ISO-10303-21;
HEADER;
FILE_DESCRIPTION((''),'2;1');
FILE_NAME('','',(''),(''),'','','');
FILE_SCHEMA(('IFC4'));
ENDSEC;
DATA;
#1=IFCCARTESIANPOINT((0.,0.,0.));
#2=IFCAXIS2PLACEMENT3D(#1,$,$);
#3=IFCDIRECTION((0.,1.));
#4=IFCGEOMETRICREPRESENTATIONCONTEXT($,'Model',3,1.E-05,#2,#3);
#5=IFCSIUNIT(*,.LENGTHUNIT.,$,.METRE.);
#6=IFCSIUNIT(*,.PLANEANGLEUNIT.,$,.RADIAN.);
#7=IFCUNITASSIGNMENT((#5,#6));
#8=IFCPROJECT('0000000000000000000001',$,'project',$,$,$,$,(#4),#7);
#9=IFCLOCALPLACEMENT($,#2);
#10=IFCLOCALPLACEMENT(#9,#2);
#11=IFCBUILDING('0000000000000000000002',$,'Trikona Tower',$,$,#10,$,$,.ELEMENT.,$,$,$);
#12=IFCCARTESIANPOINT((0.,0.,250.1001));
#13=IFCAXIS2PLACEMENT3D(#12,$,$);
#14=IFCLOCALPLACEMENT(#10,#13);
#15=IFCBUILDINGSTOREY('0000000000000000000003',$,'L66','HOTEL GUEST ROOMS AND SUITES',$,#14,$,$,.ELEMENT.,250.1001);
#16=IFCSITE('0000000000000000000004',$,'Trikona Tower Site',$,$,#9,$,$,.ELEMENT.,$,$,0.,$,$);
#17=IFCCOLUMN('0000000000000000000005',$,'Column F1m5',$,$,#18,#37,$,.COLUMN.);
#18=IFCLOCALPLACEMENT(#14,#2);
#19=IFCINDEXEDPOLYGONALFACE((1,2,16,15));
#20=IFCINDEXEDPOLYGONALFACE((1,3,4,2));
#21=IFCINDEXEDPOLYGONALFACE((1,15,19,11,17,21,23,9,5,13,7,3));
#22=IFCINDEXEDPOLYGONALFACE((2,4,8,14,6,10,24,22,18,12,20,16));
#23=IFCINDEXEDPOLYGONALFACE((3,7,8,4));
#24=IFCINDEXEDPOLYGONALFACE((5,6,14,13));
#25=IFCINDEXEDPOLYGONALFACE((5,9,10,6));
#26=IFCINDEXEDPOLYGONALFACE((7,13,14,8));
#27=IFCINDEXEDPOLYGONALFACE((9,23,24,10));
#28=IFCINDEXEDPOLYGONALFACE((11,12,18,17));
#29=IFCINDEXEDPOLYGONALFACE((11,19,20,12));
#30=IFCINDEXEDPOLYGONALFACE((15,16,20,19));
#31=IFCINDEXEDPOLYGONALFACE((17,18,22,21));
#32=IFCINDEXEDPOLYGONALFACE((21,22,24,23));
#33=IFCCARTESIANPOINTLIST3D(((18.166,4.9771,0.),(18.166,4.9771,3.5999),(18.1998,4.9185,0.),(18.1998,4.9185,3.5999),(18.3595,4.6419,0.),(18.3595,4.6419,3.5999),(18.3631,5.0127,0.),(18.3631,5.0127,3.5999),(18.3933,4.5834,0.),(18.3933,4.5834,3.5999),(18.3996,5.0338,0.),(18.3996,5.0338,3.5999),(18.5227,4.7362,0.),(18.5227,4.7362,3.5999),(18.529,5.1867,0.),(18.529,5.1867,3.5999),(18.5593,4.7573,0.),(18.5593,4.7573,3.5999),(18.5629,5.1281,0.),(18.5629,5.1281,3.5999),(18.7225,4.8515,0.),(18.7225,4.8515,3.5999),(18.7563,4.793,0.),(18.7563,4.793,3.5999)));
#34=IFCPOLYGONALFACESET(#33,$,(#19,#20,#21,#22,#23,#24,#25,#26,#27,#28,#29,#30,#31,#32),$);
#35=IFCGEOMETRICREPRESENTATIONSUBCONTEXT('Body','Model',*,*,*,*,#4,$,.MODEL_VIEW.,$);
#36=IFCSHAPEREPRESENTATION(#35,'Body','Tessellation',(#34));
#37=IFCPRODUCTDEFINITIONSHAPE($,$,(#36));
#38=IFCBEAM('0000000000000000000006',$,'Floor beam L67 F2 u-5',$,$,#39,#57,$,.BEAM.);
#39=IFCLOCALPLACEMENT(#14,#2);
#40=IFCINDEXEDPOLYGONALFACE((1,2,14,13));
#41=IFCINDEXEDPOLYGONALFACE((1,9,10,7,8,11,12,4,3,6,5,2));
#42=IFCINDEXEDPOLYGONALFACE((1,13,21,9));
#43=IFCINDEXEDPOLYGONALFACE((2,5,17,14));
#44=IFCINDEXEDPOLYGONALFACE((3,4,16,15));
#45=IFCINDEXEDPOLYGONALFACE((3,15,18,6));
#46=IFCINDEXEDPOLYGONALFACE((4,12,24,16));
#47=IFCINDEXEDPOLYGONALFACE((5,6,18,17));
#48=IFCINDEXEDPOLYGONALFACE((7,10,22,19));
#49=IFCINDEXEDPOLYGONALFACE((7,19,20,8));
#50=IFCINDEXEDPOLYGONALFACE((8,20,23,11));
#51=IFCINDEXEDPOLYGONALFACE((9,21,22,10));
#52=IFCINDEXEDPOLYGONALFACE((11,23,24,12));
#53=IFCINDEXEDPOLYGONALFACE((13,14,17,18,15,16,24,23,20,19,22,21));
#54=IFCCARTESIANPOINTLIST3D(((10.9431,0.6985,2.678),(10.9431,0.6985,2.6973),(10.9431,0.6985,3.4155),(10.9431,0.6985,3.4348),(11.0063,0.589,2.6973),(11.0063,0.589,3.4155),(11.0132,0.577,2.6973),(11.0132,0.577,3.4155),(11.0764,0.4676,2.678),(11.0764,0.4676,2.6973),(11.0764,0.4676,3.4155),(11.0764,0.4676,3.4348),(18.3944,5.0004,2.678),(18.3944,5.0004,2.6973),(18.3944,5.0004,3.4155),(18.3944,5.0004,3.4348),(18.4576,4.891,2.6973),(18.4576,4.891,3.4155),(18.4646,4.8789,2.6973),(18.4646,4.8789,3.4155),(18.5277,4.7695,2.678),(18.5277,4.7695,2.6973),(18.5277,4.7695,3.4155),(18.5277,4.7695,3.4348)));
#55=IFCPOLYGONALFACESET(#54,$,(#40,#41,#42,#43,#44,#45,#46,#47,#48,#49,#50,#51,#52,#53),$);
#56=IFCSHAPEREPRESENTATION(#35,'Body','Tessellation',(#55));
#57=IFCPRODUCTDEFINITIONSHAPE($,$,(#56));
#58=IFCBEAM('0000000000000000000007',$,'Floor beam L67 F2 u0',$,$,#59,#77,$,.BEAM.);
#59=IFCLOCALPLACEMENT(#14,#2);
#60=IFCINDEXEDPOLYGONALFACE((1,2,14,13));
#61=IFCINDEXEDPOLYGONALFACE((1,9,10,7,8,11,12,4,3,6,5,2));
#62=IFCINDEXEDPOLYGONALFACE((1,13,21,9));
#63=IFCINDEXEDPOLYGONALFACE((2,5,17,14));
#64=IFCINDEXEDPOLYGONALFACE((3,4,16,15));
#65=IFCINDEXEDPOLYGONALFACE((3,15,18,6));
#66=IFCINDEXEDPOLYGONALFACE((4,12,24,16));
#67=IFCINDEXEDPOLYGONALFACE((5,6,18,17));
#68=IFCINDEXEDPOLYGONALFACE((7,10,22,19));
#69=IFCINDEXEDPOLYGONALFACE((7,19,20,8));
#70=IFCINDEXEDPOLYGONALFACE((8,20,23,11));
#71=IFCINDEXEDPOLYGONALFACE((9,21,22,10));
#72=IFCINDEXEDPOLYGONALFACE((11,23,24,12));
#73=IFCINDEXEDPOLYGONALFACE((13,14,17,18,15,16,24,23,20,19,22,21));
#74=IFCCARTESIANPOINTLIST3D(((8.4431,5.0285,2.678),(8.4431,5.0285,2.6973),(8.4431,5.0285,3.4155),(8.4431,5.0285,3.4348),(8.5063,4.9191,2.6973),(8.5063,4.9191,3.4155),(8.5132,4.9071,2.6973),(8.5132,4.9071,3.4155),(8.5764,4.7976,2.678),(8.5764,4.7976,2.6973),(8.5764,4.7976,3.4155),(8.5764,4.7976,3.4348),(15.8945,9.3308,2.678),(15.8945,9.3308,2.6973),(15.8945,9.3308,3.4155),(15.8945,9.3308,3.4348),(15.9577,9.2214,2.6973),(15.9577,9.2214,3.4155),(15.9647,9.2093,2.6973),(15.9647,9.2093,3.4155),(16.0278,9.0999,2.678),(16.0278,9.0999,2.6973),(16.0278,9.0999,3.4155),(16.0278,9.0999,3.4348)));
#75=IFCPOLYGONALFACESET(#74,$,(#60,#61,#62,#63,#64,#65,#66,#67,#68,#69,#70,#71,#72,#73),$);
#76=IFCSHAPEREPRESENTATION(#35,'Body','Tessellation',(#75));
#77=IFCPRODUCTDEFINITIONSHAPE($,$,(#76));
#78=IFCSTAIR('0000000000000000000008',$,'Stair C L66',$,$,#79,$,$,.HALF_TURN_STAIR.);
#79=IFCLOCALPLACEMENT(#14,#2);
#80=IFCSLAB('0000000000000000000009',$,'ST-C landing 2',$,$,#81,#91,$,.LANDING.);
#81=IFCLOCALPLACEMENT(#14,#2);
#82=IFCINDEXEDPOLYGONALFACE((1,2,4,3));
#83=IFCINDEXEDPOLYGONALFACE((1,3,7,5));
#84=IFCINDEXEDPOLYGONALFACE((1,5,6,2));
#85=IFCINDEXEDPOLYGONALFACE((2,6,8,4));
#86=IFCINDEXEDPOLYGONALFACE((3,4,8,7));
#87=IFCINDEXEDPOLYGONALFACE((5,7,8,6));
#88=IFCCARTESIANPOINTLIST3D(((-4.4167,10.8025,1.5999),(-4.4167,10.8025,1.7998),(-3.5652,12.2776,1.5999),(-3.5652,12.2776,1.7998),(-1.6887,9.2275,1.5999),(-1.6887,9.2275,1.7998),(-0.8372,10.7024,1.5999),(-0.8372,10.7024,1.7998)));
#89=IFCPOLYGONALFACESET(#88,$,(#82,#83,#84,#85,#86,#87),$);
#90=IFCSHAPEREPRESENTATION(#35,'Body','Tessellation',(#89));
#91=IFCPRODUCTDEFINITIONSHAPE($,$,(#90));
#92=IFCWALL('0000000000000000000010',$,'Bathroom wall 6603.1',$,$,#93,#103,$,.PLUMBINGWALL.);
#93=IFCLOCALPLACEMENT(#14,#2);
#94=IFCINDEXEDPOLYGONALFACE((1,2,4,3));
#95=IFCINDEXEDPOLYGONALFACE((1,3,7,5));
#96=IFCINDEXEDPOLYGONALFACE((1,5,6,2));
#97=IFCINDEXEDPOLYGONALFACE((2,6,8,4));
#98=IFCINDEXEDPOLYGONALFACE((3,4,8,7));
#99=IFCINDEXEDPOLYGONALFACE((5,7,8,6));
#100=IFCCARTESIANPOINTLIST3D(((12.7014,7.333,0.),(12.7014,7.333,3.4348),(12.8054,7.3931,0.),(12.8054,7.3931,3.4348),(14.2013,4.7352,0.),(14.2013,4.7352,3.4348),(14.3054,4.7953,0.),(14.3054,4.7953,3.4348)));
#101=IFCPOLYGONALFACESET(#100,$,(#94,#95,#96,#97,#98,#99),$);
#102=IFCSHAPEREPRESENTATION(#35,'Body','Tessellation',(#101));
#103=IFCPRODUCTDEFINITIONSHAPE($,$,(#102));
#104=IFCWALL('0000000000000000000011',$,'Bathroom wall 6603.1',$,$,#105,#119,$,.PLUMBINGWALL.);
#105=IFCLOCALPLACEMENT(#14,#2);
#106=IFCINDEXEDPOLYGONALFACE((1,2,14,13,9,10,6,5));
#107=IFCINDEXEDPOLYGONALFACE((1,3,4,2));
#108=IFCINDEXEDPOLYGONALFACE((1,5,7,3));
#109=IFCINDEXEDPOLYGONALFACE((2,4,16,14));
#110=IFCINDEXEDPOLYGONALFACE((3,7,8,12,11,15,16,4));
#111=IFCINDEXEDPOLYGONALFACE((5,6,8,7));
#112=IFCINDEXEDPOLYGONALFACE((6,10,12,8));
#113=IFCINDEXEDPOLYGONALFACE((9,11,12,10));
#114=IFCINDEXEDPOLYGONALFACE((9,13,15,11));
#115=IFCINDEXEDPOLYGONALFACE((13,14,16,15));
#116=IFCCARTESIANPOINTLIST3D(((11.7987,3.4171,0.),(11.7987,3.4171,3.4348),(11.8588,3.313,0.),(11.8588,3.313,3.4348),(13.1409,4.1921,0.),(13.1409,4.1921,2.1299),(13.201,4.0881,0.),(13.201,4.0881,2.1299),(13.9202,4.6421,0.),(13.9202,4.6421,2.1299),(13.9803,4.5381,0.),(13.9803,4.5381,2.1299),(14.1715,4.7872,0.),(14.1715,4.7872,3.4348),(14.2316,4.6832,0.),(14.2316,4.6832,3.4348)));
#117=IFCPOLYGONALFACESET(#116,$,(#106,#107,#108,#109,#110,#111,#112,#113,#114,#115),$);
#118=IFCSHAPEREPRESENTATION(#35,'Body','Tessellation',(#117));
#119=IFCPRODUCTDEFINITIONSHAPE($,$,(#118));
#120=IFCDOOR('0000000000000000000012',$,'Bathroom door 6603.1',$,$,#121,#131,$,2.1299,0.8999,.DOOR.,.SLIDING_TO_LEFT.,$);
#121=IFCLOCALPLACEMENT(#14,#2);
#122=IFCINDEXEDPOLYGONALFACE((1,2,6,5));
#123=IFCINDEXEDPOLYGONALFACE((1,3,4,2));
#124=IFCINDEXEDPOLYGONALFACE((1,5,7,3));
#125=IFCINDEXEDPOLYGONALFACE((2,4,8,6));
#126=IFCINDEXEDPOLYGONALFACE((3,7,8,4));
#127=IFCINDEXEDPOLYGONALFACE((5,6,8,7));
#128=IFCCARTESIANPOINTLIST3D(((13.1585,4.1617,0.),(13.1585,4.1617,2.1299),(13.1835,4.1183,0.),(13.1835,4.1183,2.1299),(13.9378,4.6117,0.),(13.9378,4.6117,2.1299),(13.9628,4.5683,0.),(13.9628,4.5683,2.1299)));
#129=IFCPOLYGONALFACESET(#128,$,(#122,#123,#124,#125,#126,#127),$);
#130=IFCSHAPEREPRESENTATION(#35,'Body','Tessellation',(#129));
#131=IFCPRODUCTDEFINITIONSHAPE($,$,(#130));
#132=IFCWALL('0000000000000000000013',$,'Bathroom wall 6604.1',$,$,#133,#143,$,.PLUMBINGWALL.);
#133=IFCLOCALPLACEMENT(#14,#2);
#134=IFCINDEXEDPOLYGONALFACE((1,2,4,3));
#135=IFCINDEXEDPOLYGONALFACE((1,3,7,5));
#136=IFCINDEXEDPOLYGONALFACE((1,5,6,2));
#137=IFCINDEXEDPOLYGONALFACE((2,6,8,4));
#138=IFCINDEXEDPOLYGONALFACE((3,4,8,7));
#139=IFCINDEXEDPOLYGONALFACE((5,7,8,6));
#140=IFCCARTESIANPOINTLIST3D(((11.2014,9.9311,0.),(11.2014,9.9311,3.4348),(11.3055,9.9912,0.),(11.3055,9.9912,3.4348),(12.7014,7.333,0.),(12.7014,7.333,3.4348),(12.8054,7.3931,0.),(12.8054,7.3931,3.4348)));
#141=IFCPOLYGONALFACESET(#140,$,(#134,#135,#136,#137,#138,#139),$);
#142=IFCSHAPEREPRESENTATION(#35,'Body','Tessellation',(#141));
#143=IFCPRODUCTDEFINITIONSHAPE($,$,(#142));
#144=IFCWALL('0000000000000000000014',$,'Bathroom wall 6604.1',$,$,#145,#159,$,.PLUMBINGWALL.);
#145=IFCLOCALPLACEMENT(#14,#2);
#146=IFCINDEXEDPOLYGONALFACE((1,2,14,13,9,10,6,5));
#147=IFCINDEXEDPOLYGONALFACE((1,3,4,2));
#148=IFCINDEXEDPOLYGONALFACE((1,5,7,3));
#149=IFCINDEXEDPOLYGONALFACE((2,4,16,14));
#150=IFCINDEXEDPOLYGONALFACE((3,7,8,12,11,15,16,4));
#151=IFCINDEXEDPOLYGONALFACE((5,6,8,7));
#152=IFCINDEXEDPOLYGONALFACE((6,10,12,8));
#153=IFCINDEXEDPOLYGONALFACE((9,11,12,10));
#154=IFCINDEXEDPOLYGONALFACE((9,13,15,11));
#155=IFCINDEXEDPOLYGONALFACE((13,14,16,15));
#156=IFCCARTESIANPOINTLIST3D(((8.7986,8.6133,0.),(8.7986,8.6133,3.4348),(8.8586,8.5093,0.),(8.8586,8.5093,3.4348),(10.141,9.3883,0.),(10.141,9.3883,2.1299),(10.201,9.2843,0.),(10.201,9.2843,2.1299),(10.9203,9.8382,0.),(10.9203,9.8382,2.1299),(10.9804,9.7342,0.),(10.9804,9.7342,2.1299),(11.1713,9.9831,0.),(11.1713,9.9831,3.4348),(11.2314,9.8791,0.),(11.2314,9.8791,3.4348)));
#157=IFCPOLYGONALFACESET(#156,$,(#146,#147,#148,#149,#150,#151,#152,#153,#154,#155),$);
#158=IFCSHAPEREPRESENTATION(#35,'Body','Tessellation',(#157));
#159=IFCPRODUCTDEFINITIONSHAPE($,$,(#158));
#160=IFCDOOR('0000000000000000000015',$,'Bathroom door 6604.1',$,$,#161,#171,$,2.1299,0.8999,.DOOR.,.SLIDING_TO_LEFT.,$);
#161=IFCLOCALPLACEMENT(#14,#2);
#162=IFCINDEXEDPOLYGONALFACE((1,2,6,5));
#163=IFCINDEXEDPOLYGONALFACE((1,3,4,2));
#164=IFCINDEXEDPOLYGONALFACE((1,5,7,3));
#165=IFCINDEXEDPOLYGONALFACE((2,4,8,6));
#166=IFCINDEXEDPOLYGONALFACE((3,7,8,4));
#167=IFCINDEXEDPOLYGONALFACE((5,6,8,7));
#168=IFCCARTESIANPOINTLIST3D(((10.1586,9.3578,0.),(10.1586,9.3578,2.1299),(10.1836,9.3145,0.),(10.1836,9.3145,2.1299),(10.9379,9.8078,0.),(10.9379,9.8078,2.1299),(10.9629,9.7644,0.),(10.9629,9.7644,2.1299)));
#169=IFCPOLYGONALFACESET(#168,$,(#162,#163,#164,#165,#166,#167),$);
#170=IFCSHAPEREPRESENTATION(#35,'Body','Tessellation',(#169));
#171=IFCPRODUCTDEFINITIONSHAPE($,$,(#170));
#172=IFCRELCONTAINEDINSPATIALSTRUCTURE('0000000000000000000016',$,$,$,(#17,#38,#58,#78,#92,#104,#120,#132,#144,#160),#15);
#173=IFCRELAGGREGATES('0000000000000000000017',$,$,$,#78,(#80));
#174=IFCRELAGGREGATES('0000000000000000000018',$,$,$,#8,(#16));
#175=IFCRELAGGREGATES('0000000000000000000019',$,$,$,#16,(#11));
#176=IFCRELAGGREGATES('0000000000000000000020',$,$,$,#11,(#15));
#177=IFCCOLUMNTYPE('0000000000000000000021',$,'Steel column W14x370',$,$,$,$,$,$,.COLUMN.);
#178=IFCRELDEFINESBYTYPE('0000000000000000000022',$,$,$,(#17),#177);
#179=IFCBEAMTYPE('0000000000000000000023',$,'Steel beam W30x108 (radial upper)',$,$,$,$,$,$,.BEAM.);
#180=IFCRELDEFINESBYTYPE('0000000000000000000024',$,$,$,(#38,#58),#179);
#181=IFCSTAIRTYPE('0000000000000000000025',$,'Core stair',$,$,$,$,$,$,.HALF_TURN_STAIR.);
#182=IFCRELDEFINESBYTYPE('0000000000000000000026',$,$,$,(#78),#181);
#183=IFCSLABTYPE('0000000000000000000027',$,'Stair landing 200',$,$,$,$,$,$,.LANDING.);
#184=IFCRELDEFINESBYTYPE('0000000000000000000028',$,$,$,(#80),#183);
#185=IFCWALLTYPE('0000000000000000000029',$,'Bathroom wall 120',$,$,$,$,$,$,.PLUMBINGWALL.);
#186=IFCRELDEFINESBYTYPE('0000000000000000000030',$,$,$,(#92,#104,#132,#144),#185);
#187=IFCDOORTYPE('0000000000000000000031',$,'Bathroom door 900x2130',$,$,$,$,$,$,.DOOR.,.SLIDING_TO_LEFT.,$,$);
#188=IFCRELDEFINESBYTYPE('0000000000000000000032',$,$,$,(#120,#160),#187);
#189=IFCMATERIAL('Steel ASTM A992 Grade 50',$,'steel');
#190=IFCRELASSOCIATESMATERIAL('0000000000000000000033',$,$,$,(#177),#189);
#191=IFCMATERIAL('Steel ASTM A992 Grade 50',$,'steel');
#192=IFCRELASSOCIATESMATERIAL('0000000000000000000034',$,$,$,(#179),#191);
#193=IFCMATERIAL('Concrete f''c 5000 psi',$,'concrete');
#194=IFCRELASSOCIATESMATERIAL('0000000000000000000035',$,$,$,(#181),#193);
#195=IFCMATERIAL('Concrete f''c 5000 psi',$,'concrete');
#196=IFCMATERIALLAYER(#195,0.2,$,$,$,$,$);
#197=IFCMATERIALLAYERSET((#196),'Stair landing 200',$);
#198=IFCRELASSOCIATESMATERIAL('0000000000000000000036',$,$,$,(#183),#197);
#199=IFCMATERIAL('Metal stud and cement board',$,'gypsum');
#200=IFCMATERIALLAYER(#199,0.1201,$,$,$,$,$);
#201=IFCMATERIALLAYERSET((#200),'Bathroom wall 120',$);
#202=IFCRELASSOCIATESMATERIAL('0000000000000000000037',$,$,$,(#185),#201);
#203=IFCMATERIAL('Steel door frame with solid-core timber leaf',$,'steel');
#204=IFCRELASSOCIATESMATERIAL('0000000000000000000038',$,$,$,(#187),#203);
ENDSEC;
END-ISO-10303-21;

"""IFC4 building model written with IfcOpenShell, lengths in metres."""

from ifc_helpers import new_model, si_unit, direction, frame, frame_2d, origin, origin_2d, place, context, subcontext, project, spatial, polyline, rectangle, i_section, outline, extrude, material, layer, layer_set, material_profile, profile_set, type_object, element, fill, aggregate, save


model = new_model("IFC4")

# Units and contexts
model_context = context("Model", 3, precision=1e-05, world=origin(), true_north=direction((0.0, 1.0)))
body_context = subcontext(model_context, "Body", "Model", "MODEL_VIEW")
ifc_project = project(units=[si_unit("LENGTHUNIT", "METRE"), si_unit("PLANEANGLEUNIT", "RADIAN")], contexts=[model_context])

# Site, building, storey
site_placement = place(None, origin())
site = spatial("IfcSite", under=ifc_project, at=site_placement, Name="Trikona Tower Site", CompositionType="ELEMENT", RefElevation=0.0)
building_placement = place(site_placement, origin())
building = spatial("IfcBuilding", under=site, at=building_placement, Name="Trikona Tower", CompositionType="ELEMENT")
storey_placement = place(building_placement, frame((0.0, 0.0, 250.1001)))
storey = spatial("IfcBuildingStorey", under=building, at=storey_placement, Name="L66", Description="HOTEL GUEST ROOMS AND SUITES", CompositionType="ELEMENT", Elevation=250.1001)

# Column
ifc_material_1 = material(Name="Steel ASTM A992 Grade 50", Category="steel")
ifc_material_profile_1 = material_profile(ifc_material_1, i_section(OverallWidth=0.4192, OverallDepth=0.4546, WebThickness=0.0422, FlangeThickness=0.0676, at=origin_2d()), Name="W14X370")
ifc_profile_set_1 = profile_set([ifc_material_profile_1], Name="Steel ASTM A992 Grade 50")
column_type = type_object("IfcColumnType", Name="Steel column W14x370", PredefinedType="COLUMN", material=ifc_profile_set_1)
column_placement = place(storey_placement, frame((18.4612, 4.885, 0.0), z_axis=(0.0, 0.0, 1.0), x_axis=(0.866025, 0.5, 0.0)))
element("IfcColumn", 1, at=column_placement, inside=storey, type_object=column_type, Name="Column F1m5", PredefinedType="COLUMN", context=body_context, shape_type="SweptSolid", body=[
    extrude(i_section(OverallWidth=0.4192, OverallDepth=0.4546, WebThickness=0.0422, FlangeThickness=0.0676, at=origin_2d()), origin(), (0.0, 0.0, 1.0), 3.5999),
])

# Beams
ifc_material_2 = material(Name="Steel ASTM A992 Grade 50", Category="steel")
ifc_material_profile_2 = material_profile(ifc_material_2, i_section(OverallWidth=0.2666, OverallDepth=0.7568, WebThickness=0.0139, FlangeThickness=0.0193, at=origin_2d()), Name="W30X108")
ifc_profile_set_2 = profile_set([ifc_material_profile_2], Name="Steel ASTM A992 Grade 50")
beam_type = type_object("IfcBeamType", Name="Steel beam W30x108 (radial upper)", PredefinedType="BEAM", material=ifc_profile_set_2)
beam_1_placement = place(storey_placement, frame((11.0098, 0.583, 3.0564), z_axis=(0.866029, 0.499993, 0.0), x_axis=(-0.499993, 0.866029, 0.0)))
element("IfcBeam", 2, at=beam_1_placement, inside=storey, type_object=beam_type, Name="Floor beam L67 F2 u-5", PredefinedType="BEAM", context=body_context, shape_type="SweptSolid", body=[
    extrude(i_section(OverallWidth=0.2666, OverallDepth=0.7568, WebThickness=0.0139, FlangeThickness=0.0193, at=origin_2d()), origin(), (0.0, 0.0, 1.0), 8.604),
])
beam_2_placement = place(storey_placement, frame((8.5098, 4.9131, 3.0564), z_axis=(0.866017, 0.500015, 0.0), x_axis=(-0.500015, 0.866017, 0.0)))
element("IfcBeam", 3, at=beam_2_placement, inside=storey, type_object=beam_type, Name="Floor beam L67 F2 u0", PredefinedType="BEAM", context=body_context, shape_type="SweptSolid", body=[
    extrude(i_section(OverallWidth=0.2666, OverallDepth=0.7568, WebThickness=0.0139, FlangeThickness=0.0193, at=origin_2d()), origin(), (0.0, 0.0, 1.0), 8.6042),
])

# Stair, slab
ifc_material_3 = material(Name="Concrete f'c 5000 psi", Category="concrete")
stair_type = type_object("IfcStairType", Name="Core stair", PredefinedType="HALF_TURN_STAIR", material=ifc_material_3)
stair_1_placement = place(storey_placement, origin())
stair_1 = element("IfcStair", 4, at=stair_1_placement, inside=storey, type_object=stair_type, Name="Stair C L66", PredefinedType="HALF_TURN_STAIR")
ifc_material_4 = material(Name="Concrete f'c 5000 psi", Category="concrete")
ifc_layer_1 = layer(ifc_material_4, 0.2)
ifc_layer_set_1 = layer_set([ifc_layer_1], Name="Stair landing 200")
slab_type = type_object("IfcSlabType", Name="Stair landing 200", PredefinedType="LANDING", material=ifc_layer_set_1)
slab_placement = place(storey_placement, frame((0.0, 0.0, 1.5999)))
slab = element("IfcSlab", 5, at=slab_placement, type_object=slab_type, Name="ST-C landing 2", PredefinedType="LANDING", context=body_context, shape_type="SweptSolid", body=[
    extrude(outline(polyline([(-0.8372, 10.7024), (-1.6887, 9.2275), (-4.4167, 10.8025), (-3.5652, 12.2776), (-0.8372, 10.7024)])), origin(), (0.0, 0.0, 1.0), 0.2),
])
aggregate(stair_1, [slab])

# Wall
ifc_material_5 = material(Name="Metal stud and cement board", Category="gypsum")
ifc_layer_2 = layer(ifc_material_5, 0.1201)
ifc_layer_set_2 = layer_set([ifc_layer_2], Name="Bathroom wall 120")
wall_type_1 = type_object("IfcWallType", Name="Bathroom wall 120", PredefinedType="PLUMBINGWALL", material=ifc_layer_set_2)
wall_1_placement = place(storey_placement, frame((14.2534, 4.7651, 0.0), z_axis=(0.0, 0.0, 1.0), x_axis=(-0.500025, 0.866011, 0.0)))
element("IfcWall", 6, at=wall_1_placement, inside=storey, type_object=wall_type_1, Name="Bathroom wall 6603.1", PredefinedType="PLUMBINGWALL", context=body_context, shape_type="SweptSolid", body=[
    extrude(rectangle(XDim=2.9998, YDim=0.1201, at=frame_2d((1.5, 0.0))), origin(), (0.0, 0.0, 1.0), 3.4348),
])

# Wall, opening, door
wall_2_placement = place(storey_placement, frame((11.8286, 3.365, 0.0), z_axis=(0.0, 0.0, 1.0), x_axis=(0.865997, 0.500049, 0.0)))
wall_2 = element("IfcWall", 7, at=wall_2_placement, inside=storey, type_object=wall_type_1, Name="Bathroom wall 6603.1", PredefinedType="PLUMBINGWALL", context=body_context, shape_type="SweptSolid", body=[
    extrude(rectangle(XDim=2.74, YDim=0.1201, at=frame_2d((1.3701, 0.0))), origin(), (0.0, 0.0, 1.0), 3.4348),
])
opening_1_placement = place(wall_2_placement, frame((1.55, 0.0, 0.0)))
opening_1 = element("IfcOpeningElement", 8, at=opening_1_placement, cuts=wall_2, PredefinedType="OPENING", context=body_context, shape_type="SweptSolid", body=[
    extrude(rectangle(XDim=0.8999, YDim=2.1299, at=frame_2d((0.45, 1.0649))), frame((0.0, 0.0701, 0.0), z_axis=(0.0, -1.0, 0.0), x_axis=(1.0, 0.0, 0.0)), (0.0, 0.0, 1.0), 0.1401),
])
ifc_material_6 = material(Name="Steel door frame with solid-core timber leaf", Category="steel")
door_type_1 = type_object("IfcDoorType", Name="Bathroom door 900x2130", OperationType="SLIDING_TO_LEFT", PredefinedType="DOOR", material=ifc_material_6)
door_1_placement = place(opening_1_placement, origin())
door_1 = element("IfcDoor", 9, at=door_1_placement, inside=storey, type_object=door_type_1, Name="Bathroom door 6603.1", OperationType="SLIDING_TO_LEFT", OverallHeight=2.1299, OverallWidth=0.8999, PredefinedType="DOOR", context=body_context, shape_type="SweptSolid", body=[
    extrude(rectangle(XDim=0.8999, YDim=2.1299, at=frame_2d((0.45, 1.0649))), frame((0.0, 0.0249, 0.0), z_axis=(0.0, -1.0, 0.0), x_axis=(1.0, 0.0, 0.0)), (0.0, 0.0, 1.0), 0.05),
])
fill(opening_1, door_1)

# Wall
wall_3_placement = place(storey_placement, frame((12.7534, 7.363, 0.0), z_axis=(0.0, 0.0, 1.0), x_axis=(-0.49999, 0.866031, 0.0)))
element("IfcWall", 10, at=wall_3_placement, inside=storey, type_object=wall_type_1, Name="Bathroom wall 6604.1", PredefinedType="PLUMBINGWALL", context=body_context, shape_type="SweptSolid", body=[
    extrude(rectangle(XDim=3.0, YDim=0.1201, at=frame_2d((1.5, 0.0))), origin(), (0.0, 0.0, 1.0), 3.4348),
])

# Wall, opening, door
wall_4_placement = place(storey_placement, frame((8.8286, 8.5613, 0.0), z_axis=(0.0, 0.0, 1.0), x_axis=(0.866036, 0.499982, 0.0)))
wall_4 = element("IfcWall", 11, at=wall_4_placement, inside=storey, type_object=wall_type_1, Name="Bathroom wall 6604.1", PredefinedType="PLUMBINGWALL", context=body_context, shape_type="SweptSolid", body=[
    extrude(rectangle(XDim=2.7397, YDim=0.1201, at=frame_2d((1.3699, 0.0))), origin(), (0.0, 0.0, 1.0), 3.4348),
])
opening_2_placement = place(wall_4_placement, frame((1.55, 0.0, 0.0)))
opening_2 = element("IfcOpeningElement", 12, at=opening_2_placement, cuts=wall_4, PredefinedType="OPENING", context=body_context, shape_type="SweptSolid", body=[
    extrude(rectangle(XDim=0.8999, YDim=2.1299, at=frame_2d((0.45, 1.0649))), frame((0.0, 0.0701, 0.0), z_axis=(0.0, -1.0, 0.0), x_axis=(1.0, 0.0, 0.0)), (0.0, 0.0, 1.0), 0.1401),
])
door_2_placement = place(opening_2_placement, origin())
door_2 = element("IfcDoor", 13, at=door_2_placement, inside=storey, type_object=door_type_1, Name="Bathroom door 6604.1", OperationType="SLIDING_TO_LEFT", OverallHeight=2.1299, OverallWidth=0.8999, PredefinedType="DOOR", context=body_context, shape_type="SweptSolid", body=[
    extrude(rectangle(XDim=0.8999, YDim=2.1299, at=frame_2d((0.45, 1.0649))), frame((0.0, 0.0249, 0.0), z_axis=(0.0, -1.0, 0.0), x_axis=(1.0, 0.0, 0.0)), (0.0, 0.0, 1.0), 0.05),
])
fill(opening_2, door_2)

save(model, "model.ifc")
